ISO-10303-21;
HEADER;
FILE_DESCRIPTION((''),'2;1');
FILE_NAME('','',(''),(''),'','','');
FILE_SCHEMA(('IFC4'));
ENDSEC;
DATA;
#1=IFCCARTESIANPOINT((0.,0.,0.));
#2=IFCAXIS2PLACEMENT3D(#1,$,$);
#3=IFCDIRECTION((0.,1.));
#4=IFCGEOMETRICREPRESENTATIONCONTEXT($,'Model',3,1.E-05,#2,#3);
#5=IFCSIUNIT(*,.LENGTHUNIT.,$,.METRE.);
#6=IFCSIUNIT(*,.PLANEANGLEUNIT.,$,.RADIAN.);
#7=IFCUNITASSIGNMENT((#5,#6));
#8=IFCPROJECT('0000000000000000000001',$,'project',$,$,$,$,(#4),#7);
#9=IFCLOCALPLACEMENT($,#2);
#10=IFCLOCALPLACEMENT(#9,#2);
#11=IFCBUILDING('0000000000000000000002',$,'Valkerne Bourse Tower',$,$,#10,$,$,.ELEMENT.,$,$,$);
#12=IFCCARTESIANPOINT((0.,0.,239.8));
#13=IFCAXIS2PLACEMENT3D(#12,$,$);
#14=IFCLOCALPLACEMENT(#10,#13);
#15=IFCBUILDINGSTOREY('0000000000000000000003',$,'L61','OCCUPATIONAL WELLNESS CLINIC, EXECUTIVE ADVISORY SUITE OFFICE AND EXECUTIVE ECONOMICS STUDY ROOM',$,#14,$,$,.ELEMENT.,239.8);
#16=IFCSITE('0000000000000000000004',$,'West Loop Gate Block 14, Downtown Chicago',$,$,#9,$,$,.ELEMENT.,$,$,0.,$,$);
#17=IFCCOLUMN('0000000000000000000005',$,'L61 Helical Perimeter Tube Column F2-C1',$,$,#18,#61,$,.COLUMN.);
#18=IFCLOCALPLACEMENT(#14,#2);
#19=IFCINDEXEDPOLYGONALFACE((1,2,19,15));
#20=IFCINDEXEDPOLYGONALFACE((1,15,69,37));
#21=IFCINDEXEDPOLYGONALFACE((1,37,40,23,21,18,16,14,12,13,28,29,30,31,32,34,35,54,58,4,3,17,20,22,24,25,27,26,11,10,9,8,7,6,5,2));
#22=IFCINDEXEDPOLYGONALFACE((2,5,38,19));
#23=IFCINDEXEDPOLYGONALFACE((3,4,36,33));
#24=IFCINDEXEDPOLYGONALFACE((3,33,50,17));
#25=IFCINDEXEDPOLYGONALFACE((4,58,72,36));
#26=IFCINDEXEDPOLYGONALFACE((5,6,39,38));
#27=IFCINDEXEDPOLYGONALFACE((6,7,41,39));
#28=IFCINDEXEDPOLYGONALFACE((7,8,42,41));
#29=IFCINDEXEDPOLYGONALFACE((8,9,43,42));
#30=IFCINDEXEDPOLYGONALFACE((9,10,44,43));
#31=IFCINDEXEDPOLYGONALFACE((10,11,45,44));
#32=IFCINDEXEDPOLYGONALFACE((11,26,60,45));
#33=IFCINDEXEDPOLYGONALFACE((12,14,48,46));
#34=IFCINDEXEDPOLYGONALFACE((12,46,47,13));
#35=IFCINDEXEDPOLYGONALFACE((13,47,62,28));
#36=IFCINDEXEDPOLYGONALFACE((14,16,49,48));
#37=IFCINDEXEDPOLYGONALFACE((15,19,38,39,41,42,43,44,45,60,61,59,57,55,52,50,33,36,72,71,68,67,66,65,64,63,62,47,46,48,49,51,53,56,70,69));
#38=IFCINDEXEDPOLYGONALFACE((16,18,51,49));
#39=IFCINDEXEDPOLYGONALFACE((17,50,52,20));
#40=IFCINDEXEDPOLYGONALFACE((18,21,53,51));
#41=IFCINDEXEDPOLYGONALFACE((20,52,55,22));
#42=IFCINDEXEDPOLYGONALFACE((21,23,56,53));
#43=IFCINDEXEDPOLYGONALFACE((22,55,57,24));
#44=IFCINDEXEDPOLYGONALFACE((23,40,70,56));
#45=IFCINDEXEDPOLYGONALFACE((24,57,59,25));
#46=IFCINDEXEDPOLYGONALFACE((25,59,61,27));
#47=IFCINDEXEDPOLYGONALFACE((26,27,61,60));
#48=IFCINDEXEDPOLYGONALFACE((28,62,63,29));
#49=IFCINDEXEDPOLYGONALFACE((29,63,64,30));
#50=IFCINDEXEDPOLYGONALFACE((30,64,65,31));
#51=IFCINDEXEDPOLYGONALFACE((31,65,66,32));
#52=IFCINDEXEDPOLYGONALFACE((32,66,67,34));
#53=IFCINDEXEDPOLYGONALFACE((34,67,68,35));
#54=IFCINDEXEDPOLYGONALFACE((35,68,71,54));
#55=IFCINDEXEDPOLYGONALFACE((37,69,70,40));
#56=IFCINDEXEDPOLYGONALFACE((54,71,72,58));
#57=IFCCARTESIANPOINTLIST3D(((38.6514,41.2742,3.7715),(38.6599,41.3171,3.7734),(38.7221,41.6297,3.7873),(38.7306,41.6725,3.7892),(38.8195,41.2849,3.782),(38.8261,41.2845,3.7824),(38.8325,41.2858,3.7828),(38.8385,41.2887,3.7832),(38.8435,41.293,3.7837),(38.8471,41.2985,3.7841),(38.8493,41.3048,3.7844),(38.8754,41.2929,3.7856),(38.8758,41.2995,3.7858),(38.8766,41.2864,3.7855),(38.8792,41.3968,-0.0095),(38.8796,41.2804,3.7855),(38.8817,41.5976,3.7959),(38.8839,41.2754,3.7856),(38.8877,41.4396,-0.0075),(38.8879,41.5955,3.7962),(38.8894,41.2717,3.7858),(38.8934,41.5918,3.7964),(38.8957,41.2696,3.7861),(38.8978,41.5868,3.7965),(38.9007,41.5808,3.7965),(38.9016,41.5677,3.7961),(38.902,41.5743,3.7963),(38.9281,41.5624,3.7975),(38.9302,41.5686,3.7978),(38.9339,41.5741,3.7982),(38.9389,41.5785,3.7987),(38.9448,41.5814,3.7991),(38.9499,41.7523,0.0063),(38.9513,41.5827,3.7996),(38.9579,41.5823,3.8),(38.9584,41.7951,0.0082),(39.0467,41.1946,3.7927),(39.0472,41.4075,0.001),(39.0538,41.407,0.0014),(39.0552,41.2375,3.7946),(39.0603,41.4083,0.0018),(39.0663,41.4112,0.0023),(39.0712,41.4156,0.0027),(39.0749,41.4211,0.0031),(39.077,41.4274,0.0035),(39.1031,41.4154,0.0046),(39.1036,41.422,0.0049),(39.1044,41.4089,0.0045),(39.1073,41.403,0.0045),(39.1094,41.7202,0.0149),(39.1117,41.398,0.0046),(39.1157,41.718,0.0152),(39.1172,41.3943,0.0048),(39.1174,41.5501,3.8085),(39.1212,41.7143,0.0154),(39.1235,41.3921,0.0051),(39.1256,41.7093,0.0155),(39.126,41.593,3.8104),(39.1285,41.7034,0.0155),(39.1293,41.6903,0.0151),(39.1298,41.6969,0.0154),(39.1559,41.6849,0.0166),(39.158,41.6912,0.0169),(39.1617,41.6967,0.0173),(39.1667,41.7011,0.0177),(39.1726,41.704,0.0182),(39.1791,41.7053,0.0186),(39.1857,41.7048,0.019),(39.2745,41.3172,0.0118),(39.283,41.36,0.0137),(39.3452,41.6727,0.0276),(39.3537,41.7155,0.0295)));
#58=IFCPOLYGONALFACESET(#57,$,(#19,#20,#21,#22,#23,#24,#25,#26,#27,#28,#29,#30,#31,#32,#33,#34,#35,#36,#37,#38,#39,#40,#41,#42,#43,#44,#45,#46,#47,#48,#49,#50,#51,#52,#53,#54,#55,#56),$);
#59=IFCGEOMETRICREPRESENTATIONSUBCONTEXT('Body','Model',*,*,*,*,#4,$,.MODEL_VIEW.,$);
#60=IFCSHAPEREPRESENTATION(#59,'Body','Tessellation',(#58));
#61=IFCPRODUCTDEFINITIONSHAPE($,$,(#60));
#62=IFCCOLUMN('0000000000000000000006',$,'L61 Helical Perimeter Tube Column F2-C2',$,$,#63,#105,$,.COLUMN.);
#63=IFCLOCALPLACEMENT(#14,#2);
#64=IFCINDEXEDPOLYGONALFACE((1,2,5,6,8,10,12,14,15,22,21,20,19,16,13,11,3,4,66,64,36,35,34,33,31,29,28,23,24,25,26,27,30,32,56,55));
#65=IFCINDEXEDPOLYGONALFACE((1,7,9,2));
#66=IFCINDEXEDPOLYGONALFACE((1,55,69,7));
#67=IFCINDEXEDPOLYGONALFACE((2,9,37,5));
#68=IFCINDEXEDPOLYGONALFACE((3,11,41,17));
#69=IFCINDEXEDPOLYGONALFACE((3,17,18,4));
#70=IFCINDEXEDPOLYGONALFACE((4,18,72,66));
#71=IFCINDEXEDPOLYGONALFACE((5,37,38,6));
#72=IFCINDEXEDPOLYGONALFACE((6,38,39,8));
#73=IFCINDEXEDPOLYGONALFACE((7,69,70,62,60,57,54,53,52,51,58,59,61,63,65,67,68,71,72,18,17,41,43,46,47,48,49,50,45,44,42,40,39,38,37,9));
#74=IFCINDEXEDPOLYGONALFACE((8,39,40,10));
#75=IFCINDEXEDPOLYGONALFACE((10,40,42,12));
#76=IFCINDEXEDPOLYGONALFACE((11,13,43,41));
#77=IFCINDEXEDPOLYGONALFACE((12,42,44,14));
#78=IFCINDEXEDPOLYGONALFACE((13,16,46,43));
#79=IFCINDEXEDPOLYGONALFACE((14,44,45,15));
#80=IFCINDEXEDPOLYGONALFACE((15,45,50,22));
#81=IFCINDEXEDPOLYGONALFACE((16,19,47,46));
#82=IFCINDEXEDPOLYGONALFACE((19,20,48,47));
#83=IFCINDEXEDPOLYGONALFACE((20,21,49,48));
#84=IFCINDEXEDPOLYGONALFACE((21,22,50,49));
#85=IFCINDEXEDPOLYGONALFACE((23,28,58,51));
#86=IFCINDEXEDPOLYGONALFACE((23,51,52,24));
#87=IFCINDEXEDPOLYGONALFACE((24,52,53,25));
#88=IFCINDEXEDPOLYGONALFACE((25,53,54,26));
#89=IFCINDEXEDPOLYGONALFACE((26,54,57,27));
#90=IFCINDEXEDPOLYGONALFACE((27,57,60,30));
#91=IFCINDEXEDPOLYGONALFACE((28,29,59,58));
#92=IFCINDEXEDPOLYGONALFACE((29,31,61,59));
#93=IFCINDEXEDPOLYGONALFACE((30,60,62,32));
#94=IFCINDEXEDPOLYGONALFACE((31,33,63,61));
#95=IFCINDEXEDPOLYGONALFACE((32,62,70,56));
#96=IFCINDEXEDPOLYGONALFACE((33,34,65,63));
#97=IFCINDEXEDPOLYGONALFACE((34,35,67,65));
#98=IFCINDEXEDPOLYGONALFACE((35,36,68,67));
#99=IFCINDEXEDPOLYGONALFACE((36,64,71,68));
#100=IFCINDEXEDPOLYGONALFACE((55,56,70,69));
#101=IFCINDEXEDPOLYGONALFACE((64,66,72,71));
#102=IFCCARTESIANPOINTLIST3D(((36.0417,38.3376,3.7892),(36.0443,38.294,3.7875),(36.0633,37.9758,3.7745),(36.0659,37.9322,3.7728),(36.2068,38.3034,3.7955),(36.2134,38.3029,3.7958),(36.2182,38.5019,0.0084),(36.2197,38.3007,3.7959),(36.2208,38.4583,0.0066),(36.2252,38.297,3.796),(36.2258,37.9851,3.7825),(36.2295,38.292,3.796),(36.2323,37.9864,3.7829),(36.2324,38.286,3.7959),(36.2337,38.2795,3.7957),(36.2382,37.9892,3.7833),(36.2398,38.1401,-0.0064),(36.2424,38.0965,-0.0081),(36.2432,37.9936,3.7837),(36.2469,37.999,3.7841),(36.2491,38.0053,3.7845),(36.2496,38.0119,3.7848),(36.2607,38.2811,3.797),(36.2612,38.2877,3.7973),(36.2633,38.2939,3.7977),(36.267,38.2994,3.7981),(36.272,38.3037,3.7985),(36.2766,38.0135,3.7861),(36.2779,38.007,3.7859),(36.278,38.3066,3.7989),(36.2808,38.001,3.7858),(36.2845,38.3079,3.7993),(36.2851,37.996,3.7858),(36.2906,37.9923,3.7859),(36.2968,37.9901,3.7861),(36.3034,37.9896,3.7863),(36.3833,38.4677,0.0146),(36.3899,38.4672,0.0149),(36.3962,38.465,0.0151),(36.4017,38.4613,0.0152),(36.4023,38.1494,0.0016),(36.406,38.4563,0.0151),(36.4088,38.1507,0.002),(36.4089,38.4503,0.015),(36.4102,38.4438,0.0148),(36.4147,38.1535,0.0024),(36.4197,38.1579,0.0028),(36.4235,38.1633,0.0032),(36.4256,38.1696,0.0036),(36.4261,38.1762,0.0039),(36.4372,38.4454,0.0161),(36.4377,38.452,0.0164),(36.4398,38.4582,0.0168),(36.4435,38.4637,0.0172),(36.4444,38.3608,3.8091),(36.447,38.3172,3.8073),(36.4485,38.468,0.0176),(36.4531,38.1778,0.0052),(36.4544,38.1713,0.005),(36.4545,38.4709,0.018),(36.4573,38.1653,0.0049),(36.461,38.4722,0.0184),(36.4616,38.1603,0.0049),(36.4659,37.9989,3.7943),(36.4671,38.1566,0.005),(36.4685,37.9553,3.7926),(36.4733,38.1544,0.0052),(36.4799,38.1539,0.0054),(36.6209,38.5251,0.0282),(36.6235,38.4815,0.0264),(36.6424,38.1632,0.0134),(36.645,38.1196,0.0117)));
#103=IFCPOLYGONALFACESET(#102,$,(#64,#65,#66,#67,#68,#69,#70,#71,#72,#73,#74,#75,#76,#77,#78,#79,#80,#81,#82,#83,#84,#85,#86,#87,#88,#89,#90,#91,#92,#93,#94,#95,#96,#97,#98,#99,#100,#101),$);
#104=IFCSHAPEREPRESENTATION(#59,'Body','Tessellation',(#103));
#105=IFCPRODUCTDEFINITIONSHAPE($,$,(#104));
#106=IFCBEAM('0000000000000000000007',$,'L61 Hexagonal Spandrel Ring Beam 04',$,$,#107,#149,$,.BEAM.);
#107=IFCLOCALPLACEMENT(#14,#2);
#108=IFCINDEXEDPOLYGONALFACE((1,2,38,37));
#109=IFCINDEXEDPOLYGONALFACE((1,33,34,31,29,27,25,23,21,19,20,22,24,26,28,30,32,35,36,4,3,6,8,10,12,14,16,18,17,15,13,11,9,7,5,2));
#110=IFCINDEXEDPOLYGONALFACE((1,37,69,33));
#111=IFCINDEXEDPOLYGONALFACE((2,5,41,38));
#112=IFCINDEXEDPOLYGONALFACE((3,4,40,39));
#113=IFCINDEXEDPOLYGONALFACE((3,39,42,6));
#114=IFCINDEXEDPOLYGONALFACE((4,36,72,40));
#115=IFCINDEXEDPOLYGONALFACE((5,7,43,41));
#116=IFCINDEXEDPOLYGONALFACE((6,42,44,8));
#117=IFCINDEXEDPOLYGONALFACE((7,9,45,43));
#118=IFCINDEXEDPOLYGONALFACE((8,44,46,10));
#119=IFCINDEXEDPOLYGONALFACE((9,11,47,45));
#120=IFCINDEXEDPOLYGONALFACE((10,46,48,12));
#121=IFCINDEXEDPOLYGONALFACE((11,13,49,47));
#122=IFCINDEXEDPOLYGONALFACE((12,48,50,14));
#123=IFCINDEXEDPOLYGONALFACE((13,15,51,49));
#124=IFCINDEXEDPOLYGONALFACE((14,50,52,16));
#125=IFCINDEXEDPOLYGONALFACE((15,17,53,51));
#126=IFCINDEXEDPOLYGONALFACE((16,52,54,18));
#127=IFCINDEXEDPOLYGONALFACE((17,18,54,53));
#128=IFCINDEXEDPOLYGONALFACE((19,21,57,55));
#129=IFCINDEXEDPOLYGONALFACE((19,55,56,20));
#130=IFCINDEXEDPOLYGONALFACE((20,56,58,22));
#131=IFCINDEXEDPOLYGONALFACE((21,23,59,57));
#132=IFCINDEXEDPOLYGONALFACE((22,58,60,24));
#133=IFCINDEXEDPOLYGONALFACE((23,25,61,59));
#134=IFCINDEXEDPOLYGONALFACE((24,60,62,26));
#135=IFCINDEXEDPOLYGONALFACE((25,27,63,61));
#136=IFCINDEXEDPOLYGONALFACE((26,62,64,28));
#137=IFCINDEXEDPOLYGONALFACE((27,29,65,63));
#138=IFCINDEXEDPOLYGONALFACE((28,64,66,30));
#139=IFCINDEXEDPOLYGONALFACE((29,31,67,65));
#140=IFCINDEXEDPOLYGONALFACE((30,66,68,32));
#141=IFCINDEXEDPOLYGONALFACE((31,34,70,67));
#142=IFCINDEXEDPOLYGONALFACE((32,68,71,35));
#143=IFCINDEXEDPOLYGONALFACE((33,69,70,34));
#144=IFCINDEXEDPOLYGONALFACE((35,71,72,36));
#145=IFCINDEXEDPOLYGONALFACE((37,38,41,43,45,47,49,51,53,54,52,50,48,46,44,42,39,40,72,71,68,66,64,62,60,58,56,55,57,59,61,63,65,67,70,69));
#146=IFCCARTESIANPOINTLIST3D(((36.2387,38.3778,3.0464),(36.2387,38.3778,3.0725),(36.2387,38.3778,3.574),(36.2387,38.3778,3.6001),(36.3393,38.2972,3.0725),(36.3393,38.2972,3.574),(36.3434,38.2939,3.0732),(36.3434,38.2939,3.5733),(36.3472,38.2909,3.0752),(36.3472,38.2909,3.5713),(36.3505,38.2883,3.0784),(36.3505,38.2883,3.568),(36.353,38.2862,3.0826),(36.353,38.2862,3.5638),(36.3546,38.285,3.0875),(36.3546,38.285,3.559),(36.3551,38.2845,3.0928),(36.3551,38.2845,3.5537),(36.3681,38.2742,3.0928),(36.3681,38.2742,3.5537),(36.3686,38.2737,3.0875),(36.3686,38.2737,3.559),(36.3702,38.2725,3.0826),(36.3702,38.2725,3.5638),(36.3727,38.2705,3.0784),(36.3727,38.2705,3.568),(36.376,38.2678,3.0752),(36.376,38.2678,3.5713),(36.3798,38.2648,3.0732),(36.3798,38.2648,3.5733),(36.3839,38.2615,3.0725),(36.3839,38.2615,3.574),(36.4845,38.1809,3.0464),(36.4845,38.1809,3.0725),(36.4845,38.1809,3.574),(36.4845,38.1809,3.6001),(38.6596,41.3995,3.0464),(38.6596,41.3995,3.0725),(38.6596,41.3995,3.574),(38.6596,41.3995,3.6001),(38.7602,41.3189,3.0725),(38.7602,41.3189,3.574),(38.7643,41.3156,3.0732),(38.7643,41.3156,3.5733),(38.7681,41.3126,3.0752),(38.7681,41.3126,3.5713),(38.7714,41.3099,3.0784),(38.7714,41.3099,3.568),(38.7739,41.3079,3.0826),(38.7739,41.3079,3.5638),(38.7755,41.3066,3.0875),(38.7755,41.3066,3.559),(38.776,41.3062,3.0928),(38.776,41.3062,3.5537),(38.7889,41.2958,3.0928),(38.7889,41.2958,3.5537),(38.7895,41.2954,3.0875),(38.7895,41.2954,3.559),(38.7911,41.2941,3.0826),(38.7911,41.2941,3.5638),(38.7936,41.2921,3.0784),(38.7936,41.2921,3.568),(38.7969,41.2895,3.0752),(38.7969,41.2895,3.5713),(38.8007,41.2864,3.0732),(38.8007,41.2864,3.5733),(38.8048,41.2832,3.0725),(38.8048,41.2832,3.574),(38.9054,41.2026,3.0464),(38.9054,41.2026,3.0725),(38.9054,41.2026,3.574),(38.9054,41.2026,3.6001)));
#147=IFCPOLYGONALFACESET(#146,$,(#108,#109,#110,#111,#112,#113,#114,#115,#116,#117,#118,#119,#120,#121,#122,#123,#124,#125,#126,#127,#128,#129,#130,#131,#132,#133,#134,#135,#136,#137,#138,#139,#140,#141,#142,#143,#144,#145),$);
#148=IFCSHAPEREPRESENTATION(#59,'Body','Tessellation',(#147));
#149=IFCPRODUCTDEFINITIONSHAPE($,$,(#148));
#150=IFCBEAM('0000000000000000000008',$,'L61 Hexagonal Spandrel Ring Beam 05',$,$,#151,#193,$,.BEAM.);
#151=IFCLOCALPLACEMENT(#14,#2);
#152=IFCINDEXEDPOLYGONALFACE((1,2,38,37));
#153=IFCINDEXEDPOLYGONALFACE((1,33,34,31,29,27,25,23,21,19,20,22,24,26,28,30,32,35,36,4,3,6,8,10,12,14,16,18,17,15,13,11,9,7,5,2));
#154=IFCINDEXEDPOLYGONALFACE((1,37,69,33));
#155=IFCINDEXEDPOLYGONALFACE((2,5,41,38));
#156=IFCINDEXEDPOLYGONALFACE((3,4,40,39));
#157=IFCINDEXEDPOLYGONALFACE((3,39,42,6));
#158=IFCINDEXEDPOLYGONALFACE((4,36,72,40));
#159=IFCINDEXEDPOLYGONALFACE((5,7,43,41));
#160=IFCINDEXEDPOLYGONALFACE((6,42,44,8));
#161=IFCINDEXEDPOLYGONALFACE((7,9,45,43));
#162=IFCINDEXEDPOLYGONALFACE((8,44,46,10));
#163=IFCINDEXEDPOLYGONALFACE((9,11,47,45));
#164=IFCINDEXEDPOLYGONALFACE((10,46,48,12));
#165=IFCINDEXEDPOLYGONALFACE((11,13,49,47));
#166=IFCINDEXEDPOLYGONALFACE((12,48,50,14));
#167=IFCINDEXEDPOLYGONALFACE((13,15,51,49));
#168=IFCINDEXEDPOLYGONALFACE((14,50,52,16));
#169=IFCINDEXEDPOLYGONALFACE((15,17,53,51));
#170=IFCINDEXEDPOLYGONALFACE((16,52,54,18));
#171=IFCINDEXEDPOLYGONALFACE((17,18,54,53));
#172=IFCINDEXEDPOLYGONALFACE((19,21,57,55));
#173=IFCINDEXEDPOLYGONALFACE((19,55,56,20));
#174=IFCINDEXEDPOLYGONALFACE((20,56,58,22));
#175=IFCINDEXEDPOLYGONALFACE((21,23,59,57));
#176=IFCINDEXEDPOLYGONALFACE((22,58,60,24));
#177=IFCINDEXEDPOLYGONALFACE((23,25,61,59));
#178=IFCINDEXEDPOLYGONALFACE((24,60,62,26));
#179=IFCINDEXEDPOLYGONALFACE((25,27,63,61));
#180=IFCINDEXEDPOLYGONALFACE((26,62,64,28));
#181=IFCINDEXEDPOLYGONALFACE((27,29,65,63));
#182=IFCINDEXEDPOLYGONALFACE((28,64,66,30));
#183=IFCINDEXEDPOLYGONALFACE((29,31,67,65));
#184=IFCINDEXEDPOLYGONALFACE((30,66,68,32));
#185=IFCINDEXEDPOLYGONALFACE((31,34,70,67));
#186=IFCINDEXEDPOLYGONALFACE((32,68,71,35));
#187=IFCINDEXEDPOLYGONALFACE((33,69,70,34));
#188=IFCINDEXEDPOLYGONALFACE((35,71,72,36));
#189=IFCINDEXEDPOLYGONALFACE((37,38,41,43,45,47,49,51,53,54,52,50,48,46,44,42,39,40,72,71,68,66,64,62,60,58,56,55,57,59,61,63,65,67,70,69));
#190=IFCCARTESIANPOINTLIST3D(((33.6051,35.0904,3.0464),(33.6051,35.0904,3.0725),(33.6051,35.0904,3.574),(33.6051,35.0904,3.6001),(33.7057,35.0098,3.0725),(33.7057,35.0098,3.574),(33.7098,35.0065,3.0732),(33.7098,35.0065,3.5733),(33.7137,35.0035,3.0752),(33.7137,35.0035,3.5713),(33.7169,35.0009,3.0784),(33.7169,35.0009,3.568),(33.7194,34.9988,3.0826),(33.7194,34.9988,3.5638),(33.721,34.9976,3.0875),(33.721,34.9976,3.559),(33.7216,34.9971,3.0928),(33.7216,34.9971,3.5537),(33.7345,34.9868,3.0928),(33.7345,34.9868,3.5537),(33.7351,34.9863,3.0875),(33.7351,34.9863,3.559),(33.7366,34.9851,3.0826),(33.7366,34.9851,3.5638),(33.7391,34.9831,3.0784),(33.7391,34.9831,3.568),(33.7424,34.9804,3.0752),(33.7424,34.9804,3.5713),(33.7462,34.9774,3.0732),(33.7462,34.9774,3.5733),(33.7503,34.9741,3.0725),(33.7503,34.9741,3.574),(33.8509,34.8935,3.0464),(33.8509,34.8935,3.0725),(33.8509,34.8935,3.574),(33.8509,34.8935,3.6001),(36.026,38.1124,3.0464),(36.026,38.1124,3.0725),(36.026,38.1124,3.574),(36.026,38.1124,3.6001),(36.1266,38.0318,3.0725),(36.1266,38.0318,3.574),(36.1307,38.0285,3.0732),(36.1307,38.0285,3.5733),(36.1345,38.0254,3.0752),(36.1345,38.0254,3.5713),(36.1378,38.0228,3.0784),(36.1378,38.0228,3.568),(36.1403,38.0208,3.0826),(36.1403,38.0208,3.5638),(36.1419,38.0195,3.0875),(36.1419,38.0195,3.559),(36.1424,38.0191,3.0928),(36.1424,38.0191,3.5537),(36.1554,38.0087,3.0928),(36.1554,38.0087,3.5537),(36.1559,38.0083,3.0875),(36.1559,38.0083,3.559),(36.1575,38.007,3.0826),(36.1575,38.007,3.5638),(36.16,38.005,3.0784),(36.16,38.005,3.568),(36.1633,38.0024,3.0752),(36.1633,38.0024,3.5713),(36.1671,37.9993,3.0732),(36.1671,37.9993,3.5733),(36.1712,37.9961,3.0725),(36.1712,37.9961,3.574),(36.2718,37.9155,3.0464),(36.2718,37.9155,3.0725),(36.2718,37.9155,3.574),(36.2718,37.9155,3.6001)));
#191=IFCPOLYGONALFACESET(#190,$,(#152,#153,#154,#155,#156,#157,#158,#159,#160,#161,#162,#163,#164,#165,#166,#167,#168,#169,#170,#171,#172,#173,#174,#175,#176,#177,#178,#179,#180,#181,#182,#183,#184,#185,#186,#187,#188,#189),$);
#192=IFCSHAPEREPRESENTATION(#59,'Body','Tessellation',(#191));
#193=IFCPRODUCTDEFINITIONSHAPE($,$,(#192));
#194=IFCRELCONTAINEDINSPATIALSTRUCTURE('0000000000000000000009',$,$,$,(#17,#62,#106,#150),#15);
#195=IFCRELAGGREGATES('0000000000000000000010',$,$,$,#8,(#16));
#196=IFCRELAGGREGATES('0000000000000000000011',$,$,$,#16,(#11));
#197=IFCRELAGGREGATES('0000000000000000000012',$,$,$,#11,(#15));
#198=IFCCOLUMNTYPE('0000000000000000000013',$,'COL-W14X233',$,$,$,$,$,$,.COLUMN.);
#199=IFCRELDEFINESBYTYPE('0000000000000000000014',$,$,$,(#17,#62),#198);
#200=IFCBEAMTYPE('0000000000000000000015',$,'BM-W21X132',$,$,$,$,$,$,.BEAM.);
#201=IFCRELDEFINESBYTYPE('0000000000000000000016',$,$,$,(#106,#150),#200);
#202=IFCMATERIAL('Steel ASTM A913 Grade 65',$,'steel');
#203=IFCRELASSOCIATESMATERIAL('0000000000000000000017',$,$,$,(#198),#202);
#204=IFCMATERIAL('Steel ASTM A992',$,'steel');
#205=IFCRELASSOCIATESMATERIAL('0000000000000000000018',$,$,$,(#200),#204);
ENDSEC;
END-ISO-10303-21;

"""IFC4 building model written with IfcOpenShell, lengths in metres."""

from ifc_helpers import new_model, si_unit, direction, frame, origin, origin_2d, place, context, subcontext, project, spatial, i_section, extrude, material, material_profile, profile_set, type_object, element, save


model = new_model("IFC4")

# Units and contexts
model_context = context("Model", 3, precision=1e-05, world=origin(), true_north=direction((0.0, 1.0)))
body_context = subcontext(model_context, "Body", "Model", "MODEL_VIEW")
ifc_project = project(units=[si_unit("LENGTHUNIT", "METRE"), si_unit("PLANEANGLEUNIT", "RADIAN")], contexts=[model_context])

# Site, building, storey
site_placement = place(None, origin())
site = spatial("IfcSite", under=ifc_project, at=site_placement, Name="West Loop Gate Block 14, Downtown Chicago", CompositionType="ELEMENT", RefElevation=0.0)
building_placement = place(site_placement, origin())
building = spatial("IfcBuilding", under=site, at=building_placement, Name="Valkerne Bourse Tower", CompositionType="ELEMENT")
storey_placement = place(building_placement, frame((0.0, 0.0, 239.8)))
storey = spatial("IfcBuildingStorey", under=building, at=storey_placement, Name="L61", Description="OCCUPATIONAL WELLNESS CLINIC, EXECUTIVE ADVISORY SUITE OFFICE AND EXECUTIVE ECONOMICS STUDY ROOM", CompositionType="ELEMENT", Elevation=239.8)

# Columns
ifc_material_1 = material(Name="Steel ASTM A913 Grade 65", Category="steel")
ifc_material_profile_1 = material_profile(ifc_material_1, i_section(OverallWidth=0.4038, OverallDepth=0.4065, WebThickness=0.0271, FlangeThickness=0.0437, FilletRadius=0.0254, at=origin_2d()), Name="W14X233")
ifc_profile_set_1 = profile_set([ifc_material_profile_1], Name="Steel ASTM A913 Grade 65")
column_type = type_object("IfcColumnType", Name="COL-W14X233", PredefinedType="COLUMN", material=ifc_profile_set_1)
column_1_placement = place(storey_placement, frame((39.1165, 41.5562, 0.01), z_axis=(-0.060104, -0.032339, 0.997668), x_axis=(-0.978972, 0.197098, -0.052588)))
element("IfcColumn", 1, at=column_1_placement, inside=storey, type_object=column_type, Name="L61 Helical Perimeter Tube Column F2-C1", PredefinedType="COLUMN", context=body_context, shape_type="SweptSolid", body=[
    extrude(i_section(OverallWidth=0.4038, OverallDepth=0.4065, WebThickness=0.0271, FlangeThickness=0.0437, FilletRadius=0.0254, at=origin_2d()), origin(), (0.0, 0.0, 1.0), 3.7898),
])
column_2_placement = place(storey_placement, frame((36.4316, 38.3108, 0.01), z_axis=(-0.04659, -0.043368, 0.997972), x_axis=(-0.997149, -0.057349, -0.049043)))
element("IfcColumn", 2, at=column_2_placement, inside=storey, type_object=column_type, Name="L61 Helical Perimeter Tube Column F2-C2", PredefinedType="COLUMN", context=body_context, shape_type="SweptSolid", body=[
    extrude(i_section(OverallWidth=0.4038, OverallDepth=0.4065, WebThickness=0.0271, FlangeThickness=0.0437, FilletRadius=0.0254, at=origin_2d()), origin(), (0.0, 0.0, 1.0), 3.7886),
])

# Beams
ifc_material_2 = material(Name="Steel ASTM A992", Category="steel")
ifc_material_profile_2 = material_profile(ifc_material_2, i_section(OverallWidth=0.3149, OverallDepth=0.5537, WebThickness=0.0166, FlangeThickness=0.0261, FilletRadius=0.0203, at=origin_2d()), Name="W21X132")
ifc_profile_set_2 = profile_set([ifc_material_profile_2], Name="Steel ASTM A992")
beam_type_1 = type_object("IfcBeamType", Name="BM-W21X132", PredefinedType="BEAM", material=ifc_profile_set_2)
beam_1_placement = place(storey_placement, frame((38.7825, 41.301, 3.3232), z_axis=(-0.625249, -0.780426, 0.0), x_axis=(0.780426, -0.625249, 0.0)))
element("IfcBeam", 3, at=beam_1_placement, inside=storey, type_object=beam_type_1, Name="L61 Hexagonal Spandrel Ring Beam 04", PredefinedType="BEAM", context=body_context, shape_type="SweptSolid", body=[
    extrude(i_section(OverallWidth=0.3149, OverallDepth=0.5537, WebThickness=0.0166, FlangeThickness=0.0261, FilletRadius=0.0203, at=origin_2d()), origin(), (0.0, 0.0, 1.0), 3.8718),
])
beam_2_placement = place(storey_placement, frame((36.1489, 38.0139, 3.3232), z_axis=(-0.625218, -0.78045, 0.0), x_axis=(0.78045, -0.625218, 0.0)))
element("IfcBeam", 4, at=beam_2_placement, inside=storey, type_object=beam_type_1, Name="L61 Hexagonal Spandrel Ring Beam 05", PredefinedType="BEAM", context=body_context, shape_type="SweptSolid", body=[
    extrude(i_section(OverallWidth=0.3149, OverallDepth=0.5537, WebThickness=0.0166, FlangeThickness=0.0261, FilletRadius=0.0203, at=origin_2d()), origin(), (0.0, 0.0, 1.0), 3.8721),
])

save(model, "model.ifc")
